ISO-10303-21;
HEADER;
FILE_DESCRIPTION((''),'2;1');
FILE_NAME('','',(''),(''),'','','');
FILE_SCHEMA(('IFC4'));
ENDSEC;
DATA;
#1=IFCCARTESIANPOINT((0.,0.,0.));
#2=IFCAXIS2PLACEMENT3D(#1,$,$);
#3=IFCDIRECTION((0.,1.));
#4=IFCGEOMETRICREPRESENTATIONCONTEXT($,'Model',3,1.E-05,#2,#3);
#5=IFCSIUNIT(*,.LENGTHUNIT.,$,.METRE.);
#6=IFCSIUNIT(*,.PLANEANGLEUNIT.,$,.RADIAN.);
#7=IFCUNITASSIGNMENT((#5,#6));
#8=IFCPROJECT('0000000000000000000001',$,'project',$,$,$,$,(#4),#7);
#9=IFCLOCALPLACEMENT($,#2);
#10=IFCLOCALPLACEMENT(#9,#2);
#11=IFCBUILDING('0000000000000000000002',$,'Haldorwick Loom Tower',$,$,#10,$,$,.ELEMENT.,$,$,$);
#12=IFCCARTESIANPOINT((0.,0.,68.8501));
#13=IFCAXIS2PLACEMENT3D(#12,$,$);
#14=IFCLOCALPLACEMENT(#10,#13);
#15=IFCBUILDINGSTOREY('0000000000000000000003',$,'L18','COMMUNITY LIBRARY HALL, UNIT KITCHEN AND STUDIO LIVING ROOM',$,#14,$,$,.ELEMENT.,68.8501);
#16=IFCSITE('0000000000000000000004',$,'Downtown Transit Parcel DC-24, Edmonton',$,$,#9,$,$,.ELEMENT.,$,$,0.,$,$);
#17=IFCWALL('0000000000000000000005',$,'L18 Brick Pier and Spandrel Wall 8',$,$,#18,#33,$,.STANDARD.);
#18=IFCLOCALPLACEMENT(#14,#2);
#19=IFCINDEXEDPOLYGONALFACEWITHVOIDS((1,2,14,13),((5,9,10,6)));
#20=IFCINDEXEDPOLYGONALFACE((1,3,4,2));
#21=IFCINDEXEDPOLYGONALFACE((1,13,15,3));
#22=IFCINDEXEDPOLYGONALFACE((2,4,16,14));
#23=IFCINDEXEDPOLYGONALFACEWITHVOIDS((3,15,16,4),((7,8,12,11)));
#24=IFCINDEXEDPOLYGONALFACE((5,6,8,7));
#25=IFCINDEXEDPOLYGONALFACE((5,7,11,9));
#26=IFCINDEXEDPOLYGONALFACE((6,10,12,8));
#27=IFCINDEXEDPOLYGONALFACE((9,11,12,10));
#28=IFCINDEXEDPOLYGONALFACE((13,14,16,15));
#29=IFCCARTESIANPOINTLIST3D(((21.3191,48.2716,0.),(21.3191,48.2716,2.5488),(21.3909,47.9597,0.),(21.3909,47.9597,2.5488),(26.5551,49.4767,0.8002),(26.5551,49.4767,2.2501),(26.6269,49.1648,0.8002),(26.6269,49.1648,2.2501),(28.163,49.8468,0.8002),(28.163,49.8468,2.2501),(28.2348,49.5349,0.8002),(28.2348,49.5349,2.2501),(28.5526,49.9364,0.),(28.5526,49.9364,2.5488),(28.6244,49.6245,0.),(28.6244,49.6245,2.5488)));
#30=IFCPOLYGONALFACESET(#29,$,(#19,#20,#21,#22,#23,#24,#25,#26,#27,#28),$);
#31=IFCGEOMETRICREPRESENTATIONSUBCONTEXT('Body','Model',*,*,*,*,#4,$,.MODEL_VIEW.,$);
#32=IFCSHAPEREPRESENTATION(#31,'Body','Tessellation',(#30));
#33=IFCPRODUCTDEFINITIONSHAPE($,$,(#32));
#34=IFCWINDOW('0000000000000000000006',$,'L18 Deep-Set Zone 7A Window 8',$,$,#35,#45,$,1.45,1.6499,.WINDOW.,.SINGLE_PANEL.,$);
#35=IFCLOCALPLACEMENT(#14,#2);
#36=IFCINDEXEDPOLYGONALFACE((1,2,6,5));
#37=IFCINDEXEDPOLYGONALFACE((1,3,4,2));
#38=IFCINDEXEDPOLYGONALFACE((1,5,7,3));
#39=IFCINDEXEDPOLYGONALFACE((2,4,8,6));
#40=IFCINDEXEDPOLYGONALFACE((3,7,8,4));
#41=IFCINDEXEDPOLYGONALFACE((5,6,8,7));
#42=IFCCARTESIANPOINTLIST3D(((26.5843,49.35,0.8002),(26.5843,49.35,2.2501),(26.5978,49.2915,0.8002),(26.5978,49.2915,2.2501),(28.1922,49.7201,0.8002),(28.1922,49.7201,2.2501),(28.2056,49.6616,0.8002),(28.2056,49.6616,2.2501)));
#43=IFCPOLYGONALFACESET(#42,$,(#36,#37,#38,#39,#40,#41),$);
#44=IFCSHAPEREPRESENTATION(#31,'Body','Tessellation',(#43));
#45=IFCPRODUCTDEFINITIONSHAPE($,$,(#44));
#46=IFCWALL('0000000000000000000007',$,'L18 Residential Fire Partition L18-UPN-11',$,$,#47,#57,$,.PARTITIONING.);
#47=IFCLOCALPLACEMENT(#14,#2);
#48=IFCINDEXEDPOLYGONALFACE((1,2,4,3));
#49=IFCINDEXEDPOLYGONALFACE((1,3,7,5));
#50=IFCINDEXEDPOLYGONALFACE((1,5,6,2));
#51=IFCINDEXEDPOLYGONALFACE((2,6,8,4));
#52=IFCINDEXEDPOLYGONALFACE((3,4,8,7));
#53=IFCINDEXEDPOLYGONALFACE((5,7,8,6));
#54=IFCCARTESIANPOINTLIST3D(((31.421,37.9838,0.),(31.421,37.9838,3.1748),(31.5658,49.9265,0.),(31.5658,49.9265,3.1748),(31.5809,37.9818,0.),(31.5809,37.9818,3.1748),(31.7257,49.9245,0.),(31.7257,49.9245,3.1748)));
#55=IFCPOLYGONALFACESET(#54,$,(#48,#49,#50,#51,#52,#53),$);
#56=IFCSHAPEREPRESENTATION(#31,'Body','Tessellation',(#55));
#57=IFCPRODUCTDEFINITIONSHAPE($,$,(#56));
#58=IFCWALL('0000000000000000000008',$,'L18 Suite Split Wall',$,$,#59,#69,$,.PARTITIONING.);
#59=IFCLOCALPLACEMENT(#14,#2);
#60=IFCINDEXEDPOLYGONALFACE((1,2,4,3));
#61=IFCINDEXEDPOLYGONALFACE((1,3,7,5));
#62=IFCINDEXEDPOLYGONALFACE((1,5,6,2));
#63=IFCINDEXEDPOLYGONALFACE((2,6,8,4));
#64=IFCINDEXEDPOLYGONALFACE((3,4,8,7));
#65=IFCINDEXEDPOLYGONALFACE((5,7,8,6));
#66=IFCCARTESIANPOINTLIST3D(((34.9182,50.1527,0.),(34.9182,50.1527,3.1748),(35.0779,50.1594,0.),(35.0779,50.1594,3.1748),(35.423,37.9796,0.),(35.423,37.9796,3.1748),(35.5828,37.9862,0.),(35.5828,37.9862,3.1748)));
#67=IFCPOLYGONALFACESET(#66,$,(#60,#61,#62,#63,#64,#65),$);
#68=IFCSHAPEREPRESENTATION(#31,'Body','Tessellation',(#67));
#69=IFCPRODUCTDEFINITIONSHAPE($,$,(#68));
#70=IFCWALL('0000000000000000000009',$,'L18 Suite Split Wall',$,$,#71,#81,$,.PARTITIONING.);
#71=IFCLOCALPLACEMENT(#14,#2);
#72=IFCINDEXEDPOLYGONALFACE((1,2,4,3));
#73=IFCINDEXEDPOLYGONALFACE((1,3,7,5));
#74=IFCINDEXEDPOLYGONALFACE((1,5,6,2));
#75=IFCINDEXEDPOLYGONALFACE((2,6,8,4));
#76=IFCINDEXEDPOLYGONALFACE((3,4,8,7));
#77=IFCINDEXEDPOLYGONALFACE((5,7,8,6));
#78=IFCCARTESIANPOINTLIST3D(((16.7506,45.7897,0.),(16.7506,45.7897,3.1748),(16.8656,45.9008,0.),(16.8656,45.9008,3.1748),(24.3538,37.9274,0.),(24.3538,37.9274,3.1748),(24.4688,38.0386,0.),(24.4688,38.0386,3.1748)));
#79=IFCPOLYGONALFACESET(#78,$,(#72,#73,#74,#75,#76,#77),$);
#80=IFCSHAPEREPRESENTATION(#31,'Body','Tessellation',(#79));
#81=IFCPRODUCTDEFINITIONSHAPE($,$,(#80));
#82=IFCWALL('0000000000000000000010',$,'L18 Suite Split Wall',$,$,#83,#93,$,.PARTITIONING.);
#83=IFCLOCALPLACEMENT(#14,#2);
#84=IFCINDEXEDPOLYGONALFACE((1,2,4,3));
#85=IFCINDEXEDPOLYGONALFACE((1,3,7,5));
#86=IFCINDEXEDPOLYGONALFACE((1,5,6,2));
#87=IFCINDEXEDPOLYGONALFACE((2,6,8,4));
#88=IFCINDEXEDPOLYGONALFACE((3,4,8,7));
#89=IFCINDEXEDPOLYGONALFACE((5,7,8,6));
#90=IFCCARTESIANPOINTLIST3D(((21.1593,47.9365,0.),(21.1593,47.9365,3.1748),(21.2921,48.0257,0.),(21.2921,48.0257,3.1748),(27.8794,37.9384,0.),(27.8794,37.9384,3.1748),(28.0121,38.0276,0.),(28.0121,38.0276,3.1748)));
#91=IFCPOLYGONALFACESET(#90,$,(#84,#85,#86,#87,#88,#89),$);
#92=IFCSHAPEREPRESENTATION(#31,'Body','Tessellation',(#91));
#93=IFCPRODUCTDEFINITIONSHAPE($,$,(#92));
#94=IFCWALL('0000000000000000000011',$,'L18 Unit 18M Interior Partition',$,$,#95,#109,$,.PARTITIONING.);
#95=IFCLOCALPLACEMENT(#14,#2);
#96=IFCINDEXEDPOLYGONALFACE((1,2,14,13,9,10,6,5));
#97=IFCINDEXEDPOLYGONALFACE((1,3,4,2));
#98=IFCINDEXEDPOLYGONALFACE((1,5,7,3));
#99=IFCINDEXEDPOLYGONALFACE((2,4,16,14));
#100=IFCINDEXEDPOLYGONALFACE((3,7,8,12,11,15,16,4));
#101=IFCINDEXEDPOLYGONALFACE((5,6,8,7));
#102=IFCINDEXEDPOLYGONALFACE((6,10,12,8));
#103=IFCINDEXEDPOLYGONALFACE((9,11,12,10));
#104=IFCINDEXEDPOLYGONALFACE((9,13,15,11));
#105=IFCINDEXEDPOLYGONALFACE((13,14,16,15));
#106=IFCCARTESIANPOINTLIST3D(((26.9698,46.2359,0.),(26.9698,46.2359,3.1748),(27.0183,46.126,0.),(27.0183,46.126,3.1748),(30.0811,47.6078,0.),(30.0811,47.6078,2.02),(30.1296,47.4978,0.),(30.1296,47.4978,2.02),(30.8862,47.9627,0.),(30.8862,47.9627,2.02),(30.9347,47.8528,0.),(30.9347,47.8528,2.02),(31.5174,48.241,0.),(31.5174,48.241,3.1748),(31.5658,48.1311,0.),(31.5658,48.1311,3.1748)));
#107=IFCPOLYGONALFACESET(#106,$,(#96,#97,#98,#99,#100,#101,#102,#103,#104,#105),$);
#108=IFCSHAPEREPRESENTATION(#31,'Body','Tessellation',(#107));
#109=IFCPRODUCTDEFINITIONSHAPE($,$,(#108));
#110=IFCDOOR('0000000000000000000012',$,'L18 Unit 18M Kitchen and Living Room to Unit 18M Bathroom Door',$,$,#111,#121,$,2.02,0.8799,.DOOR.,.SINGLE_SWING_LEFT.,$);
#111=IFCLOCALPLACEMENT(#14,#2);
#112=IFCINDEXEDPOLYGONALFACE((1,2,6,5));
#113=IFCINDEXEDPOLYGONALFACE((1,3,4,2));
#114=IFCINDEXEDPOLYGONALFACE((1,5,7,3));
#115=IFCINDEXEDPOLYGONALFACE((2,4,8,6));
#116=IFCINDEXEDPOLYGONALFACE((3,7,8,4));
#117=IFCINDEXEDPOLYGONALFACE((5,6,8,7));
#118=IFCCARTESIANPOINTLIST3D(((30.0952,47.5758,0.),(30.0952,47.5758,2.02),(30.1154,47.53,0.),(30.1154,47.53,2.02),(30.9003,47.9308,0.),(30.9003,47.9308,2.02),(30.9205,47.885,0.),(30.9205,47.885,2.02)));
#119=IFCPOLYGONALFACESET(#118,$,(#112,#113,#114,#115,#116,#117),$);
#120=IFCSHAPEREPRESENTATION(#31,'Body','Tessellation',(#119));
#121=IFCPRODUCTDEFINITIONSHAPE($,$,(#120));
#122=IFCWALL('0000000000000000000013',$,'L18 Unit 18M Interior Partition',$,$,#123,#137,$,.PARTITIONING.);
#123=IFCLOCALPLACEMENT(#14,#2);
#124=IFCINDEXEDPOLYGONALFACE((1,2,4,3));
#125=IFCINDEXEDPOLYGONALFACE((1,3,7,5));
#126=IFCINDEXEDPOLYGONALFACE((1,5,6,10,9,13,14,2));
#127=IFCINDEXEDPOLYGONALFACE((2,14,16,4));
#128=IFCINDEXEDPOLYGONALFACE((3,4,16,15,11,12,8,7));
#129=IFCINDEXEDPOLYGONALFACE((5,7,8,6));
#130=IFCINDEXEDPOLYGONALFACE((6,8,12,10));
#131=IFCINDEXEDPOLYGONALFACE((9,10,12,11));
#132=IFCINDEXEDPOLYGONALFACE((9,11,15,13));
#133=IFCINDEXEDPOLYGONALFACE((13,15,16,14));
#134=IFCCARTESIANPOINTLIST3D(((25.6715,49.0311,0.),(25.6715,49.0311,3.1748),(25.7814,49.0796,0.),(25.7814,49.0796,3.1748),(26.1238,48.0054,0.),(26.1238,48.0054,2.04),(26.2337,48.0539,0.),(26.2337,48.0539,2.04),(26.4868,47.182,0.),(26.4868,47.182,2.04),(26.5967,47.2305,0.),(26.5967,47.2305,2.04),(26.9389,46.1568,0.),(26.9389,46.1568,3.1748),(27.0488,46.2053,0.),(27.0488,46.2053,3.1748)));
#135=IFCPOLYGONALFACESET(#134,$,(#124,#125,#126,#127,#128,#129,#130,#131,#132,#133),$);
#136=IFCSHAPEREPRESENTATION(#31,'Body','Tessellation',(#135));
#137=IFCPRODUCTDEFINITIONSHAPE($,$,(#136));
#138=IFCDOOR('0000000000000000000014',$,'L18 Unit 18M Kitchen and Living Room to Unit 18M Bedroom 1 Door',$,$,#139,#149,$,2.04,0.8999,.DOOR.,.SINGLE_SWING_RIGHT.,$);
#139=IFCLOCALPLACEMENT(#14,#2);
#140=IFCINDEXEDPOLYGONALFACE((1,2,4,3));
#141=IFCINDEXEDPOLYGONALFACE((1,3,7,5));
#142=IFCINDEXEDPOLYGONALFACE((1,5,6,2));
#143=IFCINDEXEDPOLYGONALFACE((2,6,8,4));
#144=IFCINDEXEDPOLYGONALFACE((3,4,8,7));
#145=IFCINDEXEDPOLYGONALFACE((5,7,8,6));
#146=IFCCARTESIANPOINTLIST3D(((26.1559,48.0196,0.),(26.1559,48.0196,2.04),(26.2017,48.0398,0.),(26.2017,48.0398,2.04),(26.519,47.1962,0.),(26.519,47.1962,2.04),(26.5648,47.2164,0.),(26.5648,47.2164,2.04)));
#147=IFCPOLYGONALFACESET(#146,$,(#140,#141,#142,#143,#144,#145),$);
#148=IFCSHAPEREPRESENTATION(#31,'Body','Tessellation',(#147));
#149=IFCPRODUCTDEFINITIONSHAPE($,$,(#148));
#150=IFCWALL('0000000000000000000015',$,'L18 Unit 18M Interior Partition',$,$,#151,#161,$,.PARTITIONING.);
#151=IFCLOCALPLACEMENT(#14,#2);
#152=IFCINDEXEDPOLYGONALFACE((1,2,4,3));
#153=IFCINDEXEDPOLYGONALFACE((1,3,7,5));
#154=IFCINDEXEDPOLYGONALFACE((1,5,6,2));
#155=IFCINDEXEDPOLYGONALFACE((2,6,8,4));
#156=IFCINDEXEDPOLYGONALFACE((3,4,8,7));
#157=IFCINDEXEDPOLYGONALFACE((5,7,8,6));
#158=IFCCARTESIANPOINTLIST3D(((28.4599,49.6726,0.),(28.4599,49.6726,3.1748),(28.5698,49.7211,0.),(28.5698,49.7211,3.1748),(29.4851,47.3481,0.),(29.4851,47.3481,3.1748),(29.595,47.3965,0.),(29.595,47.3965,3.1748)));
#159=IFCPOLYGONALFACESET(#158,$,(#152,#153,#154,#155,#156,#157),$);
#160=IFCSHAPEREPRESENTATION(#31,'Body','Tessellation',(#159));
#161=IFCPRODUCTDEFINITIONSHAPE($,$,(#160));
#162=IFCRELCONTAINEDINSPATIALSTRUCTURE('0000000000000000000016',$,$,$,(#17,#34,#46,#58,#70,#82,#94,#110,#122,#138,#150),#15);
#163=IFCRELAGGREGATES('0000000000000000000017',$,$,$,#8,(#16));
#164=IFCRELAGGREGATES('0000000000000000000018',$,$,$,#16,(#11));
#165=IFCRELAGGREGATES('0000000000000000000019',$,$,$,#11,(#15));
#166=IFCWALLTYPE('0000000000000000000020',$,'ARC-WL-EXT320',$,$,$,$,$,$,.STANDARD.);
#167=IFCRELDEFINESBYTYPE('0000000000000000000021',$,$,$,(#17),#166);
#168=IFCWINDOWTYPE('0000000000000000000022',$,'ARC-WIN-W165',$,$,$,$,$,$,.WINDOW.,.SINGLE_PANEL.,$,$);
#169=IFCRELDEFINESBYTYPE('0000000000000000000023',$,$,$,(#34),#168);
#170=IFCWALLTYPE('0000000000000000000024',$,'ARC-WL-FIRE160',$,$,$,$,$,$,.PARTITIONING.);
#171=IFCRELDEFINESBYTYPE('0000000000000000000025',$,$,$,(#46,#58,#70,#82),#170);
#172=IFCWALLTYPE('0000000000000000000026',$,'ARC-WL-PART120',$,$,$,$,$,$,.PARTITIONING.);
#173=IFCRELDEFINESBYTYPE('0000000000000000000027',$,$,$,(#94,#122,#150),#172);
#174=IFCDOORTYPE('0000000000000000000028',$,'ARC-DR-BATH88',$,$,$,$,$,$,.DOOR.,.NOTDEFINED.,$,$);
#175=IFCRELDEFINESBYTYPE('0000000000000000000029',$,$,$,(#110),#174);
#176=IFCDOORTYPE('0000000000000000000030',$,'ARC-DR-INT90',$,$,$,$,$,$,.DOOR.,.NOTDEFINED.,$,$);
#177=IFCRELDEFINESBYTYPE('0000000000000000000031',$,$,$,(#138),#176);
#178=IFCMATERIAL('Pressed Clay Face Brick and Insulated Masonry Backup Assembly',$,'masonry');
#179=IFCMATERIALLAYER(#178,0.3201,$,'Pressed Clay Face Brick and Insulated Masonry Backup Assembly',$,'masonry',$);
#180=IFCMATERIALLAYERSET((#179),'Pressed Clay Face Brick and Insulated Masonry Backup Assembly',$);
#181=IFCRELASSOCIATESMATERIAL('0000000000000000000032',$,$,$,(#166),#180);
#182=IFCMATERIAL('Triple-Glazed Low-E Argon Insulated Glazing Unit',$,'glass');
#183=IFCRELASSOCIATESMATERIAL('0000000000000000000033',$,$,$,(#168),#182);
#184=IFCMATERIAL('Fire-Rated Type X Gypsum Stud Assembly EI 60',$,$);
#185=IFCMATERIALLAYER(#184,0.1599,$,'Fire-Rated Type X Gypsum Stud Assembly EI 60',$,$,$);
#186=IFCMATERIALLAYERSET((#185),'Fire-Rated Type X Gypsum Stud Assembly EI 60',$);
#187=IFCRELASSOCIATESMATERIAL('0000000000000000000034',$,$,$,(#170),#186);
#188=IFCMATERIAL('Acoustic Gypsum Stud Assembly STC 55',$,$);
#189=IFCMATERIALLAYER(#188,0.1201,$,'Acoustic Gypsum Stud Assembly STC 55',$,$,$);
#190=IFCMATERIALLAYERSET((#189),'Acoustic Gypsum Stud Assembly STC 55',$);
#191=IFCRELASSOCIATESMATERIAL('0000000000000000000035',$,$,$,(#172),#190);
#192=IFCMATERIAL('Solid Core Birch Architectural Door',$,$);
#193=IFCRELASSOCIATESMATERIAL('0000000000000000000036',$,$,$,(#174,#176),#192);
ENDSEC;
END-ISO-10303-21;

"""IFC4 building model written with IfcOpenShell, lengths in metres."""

from ifc_helpers import new_model, si_unit, direction, frame, frame_2d, origin, place, context, subcontext, project, spatial, rectangle, extrude, material, layer, layer_set, type_object, element, fill, save


model = new_model("IFC4")

# Units and contexts
model_context = context("Model", 3, precision=1e-05, world=origin(), true_north=direction((0.0, 1.0)))
body_context = subcontext(model_context, "Body", "Model", "MODEL_VIEW")
ifc_project = project(units=[si_unit("LENGTHUNIT", "METRE"), si_unit("PLANEANGLEUNIT", "RADIAN")], contexts=[model_context])

# Site, building, storey
site_placement = place(None, origin())
site = spatial("IfcSite", under=ifc_project, at=site_placement, Name="Downtown Transit Parcel DC-24, Edmonton", CompositionType="ELEMENT", RefElevation=0.0)
building_placement = place(site_placement, origin())
building = spatial("IfcBuilding", under=site, at=building_placement, Name="Haldorwick Loom Tower", CompositionType="ELEMENT")
storey_placement = place(building_placement, frame((0.0, 0.0, 68.8501)))
storey = spatial("IfcBuildingStorey", under=building, at=storey_placement, Name="L18", Description="COMMUNITY LIBRARY HALL, UNIT KITCHEN AND STUDIO LIVING ROOM", CompositionType="ELEMENT", Elevation=68.8501)

# Wall, opening, window
ifc_material_1 = material(Name="Pressed Clay Face Brick and Insulated Masonry Backup Assembly", Category="masonry")
ifc_layer_1 = layer(ifc_material_1, 0.3201, Name="Pressed Clay Face Brick and Insulated Masonry Backup Assembly", Category="masonry")
ifc_layer_set_1 = layer_set([ifc_layer_1], Name="Pressed Clay Face Brick and Insulated Masonry Backup Assembly")
wall_type_1 = type_object("IfcWallType", Name="ARC-WL-EXT320", PredefinedType="STANDARD", material=ifc_layer_set_1)
wall_1_placement = place(storey_placement, frame((28.5886, 49.7805, 0.0), z_axis=(0.0, 0.0, 1.0), x_axis=(-0.974522, -0.22429, 0.0)))
wall_1 = element("IfcWall", 1, at=wall_1_placement, inside=storey, type_object=wall_type_1, Name="L18 Brick Pier and Spandrel Wall 8", PredefinedType="STANDARD", context=body_context, shape_type="SweptSolid", body=[
    extrude(rectangle(XDim=7.4226, YDim=0.3201, at=frame_2d((3.7114, 0.0))), origin(), (0.0, 0.0, 1.0), 2.5488),
])
opening_1_placement = place(wall_1_placement, frame((0.3999, 0.0, 0.8)))
opening_1 = element("IfcOpeningElement", 2, at=opening_1_placement, cuts=wall_1, PredefinedType="OPENING", context=body_context, shape_type="SweptSolid", body=[
    extrude(rectangle(XDim=1.6499, YDim=1.45, at=frame_2d((0.825, 0.7251))), frame((0.0, 0.1699, 0.0), z_axis=(0.0, -1.0, 0.0), x_axis=(1.0, 0.0, 0.0)), (0.0, 0.0, 1.0), 0.3401),
])
ifc_material_2 = material(Name="Triple-Glazed Low-E Argon Insulated Glazing Unit", Category="glass")
window_type = type_object("IfcWindowType", Name="ARC-WIN-W165", PartitioningType="SINGLE_PANEL", PredefinedType="WINDOW", material=ifc_material_2)
window_placement = place(opening_1_placement, origin())
window = element("IfcWindow", 3, at=window_placement, inside=storey, type_object=window_type, Name="L18 Deep-Set Zone 7A Window 8", OverallHeight=1.45, OverallWidth=1.6499, PartitioningType="SINGLE_PANEL", PredefinedType="WINDOW", context=body_context, shape_type="SweptSolid", body=[
    extrude(rectangle(XDim=1.6499, YDim=1.45, at=frame_2d((0.825, 0.7251))), frame((0.0, 0.03, 0.0), z_axis=(0.0, -1.0, 0.0), x_axis=(1.0, 0.0, 0.0)), (0.0, 0.0, 1.0), 0.0601),
])
fill(opening_1, window)

# Walls
ifc_material_3 = material(Name="Fire-Rated Type X Gypsum Stud Assembly EI 60")
ifc_layer_2 = layer(ifc_material_3, 0.1599, Name="Fire-Rated Type X Gypsum Stud Assembly EI 60")
ifc_layer_set_2 = layer_set([ifc_layer_2], Name="Fire-Rated Type X Gypsum Stud Assembly EI 60")
wall_type_2 = type_object("IfcWallType", Name="ARC-WL-FIRE160", PredefinedType="PARTITIONING", material=ifc_layer_set_2)
wall_2_placement = place(storey_placement, frame((31.501, 37.9829, 0.0), z_axis=(0.0, 0.0, 1.0), x_axis=(0.012122, 0.999927, 0.0)))
element("IfcWall", 4, at=wall_2_placement, inside=storey, type_object=wall_type_2, Name="L18 Residential Fire Partition L18-UPN-11", PredefinedType="PARTITIONING", context=body_context, shape_type="SweptSolid", body=[
    extrude(rectangle(XDim=11.9436, YDim=0.1599, at=frame_2d((5.9717, 0.0))), origin(), (0.0, 0.0, 1.0), 3.1748),
])
wall_3_placement = place(storey_placement, frame((35.5029, 37.9829, 0.0), z_axis=(0.0, 0.0, 1.0), x_axis=(-0.04144, 0.999141, 0.0)))
element("IfcWall", 5, at=wall_3_placement, inside=storey, type_object=wall_type_2, Name="L18 Suite Split Wall", PredefinedType="PARTITIONING", context=body_context, shape_type="SweptSolid", body=[
    extrude(rectangle(XDim=12.1836, YDim=0.1599, at=frame_2d((6.0918, 0.0))), origin(), (0.0, 0.0, 1.0), 3.1748),
])
wall_4_placement = place(storey_placement, frame((24.4114, 37.9829, 0.0), z_axis=(0.0, 0.0, 1.0), x_axis=(-0.695166, 0.718849, 0.0)))
element("IfcWall", 6, at=wall_4_placement, inside=storey, type_object=wall_type_2, Name="L18 Suite Split Wall", PredefinedType="PARTITIONING", context=body_context, shape_type="SweptSolid", body=[
    extrude(rectangle(XDim=10.9373, YDim=0.1599, at=frame_2d((5.4688, 0.0))), origin(), (0.0, 0.0, 1.0), 3.1748),
])
wall_5_placement = place(storey_placement, frame((27.9458, 37.9829, 0.0), z_axis=(0.0, 0.0, 1.0), x_axis=(-0.557834, 0.829952, 0.0)))
element("IfcWall", 7, at=wall_5_placement, inside=storey, type_object=wall_type_2, Name="L18 Suite Split Wall", PredefinedType="PARTITIONING", context=body_context, shape_type="SweptSolid", body=[
    extrude(rectangle(XDim=12.0466, YDim=0.1599, at=frame_2d((6.0234, 0.0))), origin(), (0.0, 0.0, 1.0), 3.1748),
])

# Walls, openings, doors
ifc_material_4 = material(Name="Acoustic Gypsum Stud Assembly STC 55")
ifc_layer_3 = layer(ifc_material_4, 0.1201, Name="Acoustic Gypsum Stud Assembly STC 55")
ifc_layer_set_3 = layer_set([ifc_layer_3], Name="Acoustic Gypsum Stud Assembly STC 55")
wall_type_3 = type_object("IfcWallType", Name="ARC-WL-PART120", PredefinedType="PARTITIONING", material=ifc_layer_set_3)
wall_6_placement = place(storey_placement, frame((31.5415, 48.186, 0.0), z_axis=(0.0, 0.0, 1.0), x_axis=(-0.915005, -0.403443, 0.0)))
wall_6 = element("IfcWall", 8, at=wall_6_placement, inside=storey, type_object=wall_type_3, Name="L18 Unit 18M Interior Partition", PredefinedType="PARTITIONING", context=body_context, shape_type="SweptSolid", body=[
    extrude(rectangle(XDim=4.97, YDim=0.1201, at=frame_2d((2.4849, 0.0))), origin(), (0.0, 0.0, 1.0), 3.1748),
])
opening_2_placement = place(wall_6_placement, frame((0.6897, 0.0, 0.0)))
opening_2 = element("IfcOpeningElement", 9, at=opening_2_placement, cuts=wall_6, PredefinedType="OPENING", context=body_context, shape_type="SweptSolid", body=[
    extrude(rectangle(XDim=0.8799, YDim=2.02, at=frame_2d((0.4399, 1.01))), frame((0.0, 0.0701, 0.0), z_axis=(0.0, -1.0, 0.0), x_axis=(1.0, 0.0, 0.0)), (0.0, 0.0, 1.0), 0.1401),
])
ifc_material_5 = material(Name="Solid Core Birch Architectural Door")
door_type_1 = type_object("IfcDoorType", Name="ARC-DR-BATH88", OperationType="NOTDEFINED", PredefinedType="DOOR", material=ifc_material_5)
door_1_placement = place(opening_2_placement, origin())
door_1 = element("IfcDoor", 10, at=door_1_placement, inside=storey, type_object=door_type_1, Name="L18 Unit 18M Kitchen and Living Room to Unit 18M Bathroom Door", OperationType="SINGLE_SWING_LEFT", OverallHeight=2.02, OverallWidth=0.8799, PredefinedType="DOOR", context=body_context, shape_type="SweptSolid", body=[
    extrude(rectangle(XDim=0.8799, YDim=2.02, at=frame_2d((0.4399, 1.01))), frame((0.0, 0.0249, 0.0), z_axis=(0.0, -1.0, 0.0), x_axis=(1.0, 0.0, 0.0)), (0.0, 0.0, 1.0), 0.05),
])
fill(opening_2, door_1)
wall_7_placement = place(storey_placement, frame((26.9939, 46.1809, 0.0), z_axis=(0.0, 0.0, 1.0), x_axis=(-0.403447, 0.915003, 0.0)))
wall_7 = element("IfcWall", 11, at=wall_7_placement, inside=storey, type_object=wall_type_3, Name="L18 Unit 18M Interior Partition", PredefinedType="PARTITIONING", context=body_context, shape_type="SweptSolid", body=[
    extrude(rectangle(XDim=3.1414, YDim=0.1201, at=frame_2d((1.5708, 0.0))), origin(), (0.0, 0.0, 1.0), 3.1748),
])
opening_3_placement = place(wall_7_placement, frame((1.1206, 0.0, 0.0)))
opening_3 = element("IfcOpeningElement", 12, at=opening_3_placement, cuts=wall_7, PredefinedType="OPENING", context=body_context, shape_type="SweptSolid", body=[
    extrude(rectangle(XDim=0.8999, YDim=2.04, at=frame_2d((0.45, 1.02))), frame((0.0, 0.0701, 0.0), z_axis=(0.0, -1.0, 0.0), x_axis=(1.0, 0.0, 0.0)), (0.0, 0.0, 1.0), 0.1401),
])
door_type_2 = type_object("IfcDoorType", Name="ARC-DR-INT90", OperationType="NOTDEFINED", PredefinedType="DOOR", material=ifc_material_5)
door_2_placement = place(opening_3_placement, origin())
door_2 = element("IfcDoor", 13, at=door_2_placement, inside=storey, type_object=door_type_2, Name="L18 Unit 18M Kitchen and Living Room to Unit 18M Bedroom 1 Door", OperationType="SINGLE_SWING_RIGHT", OverallHeight=2.04, OverallWidth=0.8999, PredefinedType="DOOR", context=body_context, shape_type="SweptSolid", body=[
    extrude(rectangle(XDim=0.8999, YDim=2.04, at=frame_2d((0.45, 1.02))), frame((0.0, 0.0249, 0.0), z_axis=(0.0, -1.0, 0.0), x_axis=(1.0, 0.0, 0.0)), (0.0, 0.0, 1.0), 0.05),
])
fill(opening_3, door_2)

# Wall
wall_8_placement = place(storey_placement, frame((29.54, 47.3723, 0.0), z_axis=(0.0, 0.0, 1.0), x_axis=(-0.403524, 0.914969, 0.0)))
element("IfcWall", 14, at=wall_8_placement, inside=storey, type_object=wall_type_3, Name="L18 Unit 18M Interior Partition", PredefinedType="PARTITIONING", context=body_context, shape_type="SweptSolid", body=[
    extrude(rectangle(XDim=2.5405, YDim=0.1201, at=frame_2d((1.2703, 0.0))), origin(), (0.0, 0.0, 1.0), 3.1748),
])

save(model, "model.ifc")
